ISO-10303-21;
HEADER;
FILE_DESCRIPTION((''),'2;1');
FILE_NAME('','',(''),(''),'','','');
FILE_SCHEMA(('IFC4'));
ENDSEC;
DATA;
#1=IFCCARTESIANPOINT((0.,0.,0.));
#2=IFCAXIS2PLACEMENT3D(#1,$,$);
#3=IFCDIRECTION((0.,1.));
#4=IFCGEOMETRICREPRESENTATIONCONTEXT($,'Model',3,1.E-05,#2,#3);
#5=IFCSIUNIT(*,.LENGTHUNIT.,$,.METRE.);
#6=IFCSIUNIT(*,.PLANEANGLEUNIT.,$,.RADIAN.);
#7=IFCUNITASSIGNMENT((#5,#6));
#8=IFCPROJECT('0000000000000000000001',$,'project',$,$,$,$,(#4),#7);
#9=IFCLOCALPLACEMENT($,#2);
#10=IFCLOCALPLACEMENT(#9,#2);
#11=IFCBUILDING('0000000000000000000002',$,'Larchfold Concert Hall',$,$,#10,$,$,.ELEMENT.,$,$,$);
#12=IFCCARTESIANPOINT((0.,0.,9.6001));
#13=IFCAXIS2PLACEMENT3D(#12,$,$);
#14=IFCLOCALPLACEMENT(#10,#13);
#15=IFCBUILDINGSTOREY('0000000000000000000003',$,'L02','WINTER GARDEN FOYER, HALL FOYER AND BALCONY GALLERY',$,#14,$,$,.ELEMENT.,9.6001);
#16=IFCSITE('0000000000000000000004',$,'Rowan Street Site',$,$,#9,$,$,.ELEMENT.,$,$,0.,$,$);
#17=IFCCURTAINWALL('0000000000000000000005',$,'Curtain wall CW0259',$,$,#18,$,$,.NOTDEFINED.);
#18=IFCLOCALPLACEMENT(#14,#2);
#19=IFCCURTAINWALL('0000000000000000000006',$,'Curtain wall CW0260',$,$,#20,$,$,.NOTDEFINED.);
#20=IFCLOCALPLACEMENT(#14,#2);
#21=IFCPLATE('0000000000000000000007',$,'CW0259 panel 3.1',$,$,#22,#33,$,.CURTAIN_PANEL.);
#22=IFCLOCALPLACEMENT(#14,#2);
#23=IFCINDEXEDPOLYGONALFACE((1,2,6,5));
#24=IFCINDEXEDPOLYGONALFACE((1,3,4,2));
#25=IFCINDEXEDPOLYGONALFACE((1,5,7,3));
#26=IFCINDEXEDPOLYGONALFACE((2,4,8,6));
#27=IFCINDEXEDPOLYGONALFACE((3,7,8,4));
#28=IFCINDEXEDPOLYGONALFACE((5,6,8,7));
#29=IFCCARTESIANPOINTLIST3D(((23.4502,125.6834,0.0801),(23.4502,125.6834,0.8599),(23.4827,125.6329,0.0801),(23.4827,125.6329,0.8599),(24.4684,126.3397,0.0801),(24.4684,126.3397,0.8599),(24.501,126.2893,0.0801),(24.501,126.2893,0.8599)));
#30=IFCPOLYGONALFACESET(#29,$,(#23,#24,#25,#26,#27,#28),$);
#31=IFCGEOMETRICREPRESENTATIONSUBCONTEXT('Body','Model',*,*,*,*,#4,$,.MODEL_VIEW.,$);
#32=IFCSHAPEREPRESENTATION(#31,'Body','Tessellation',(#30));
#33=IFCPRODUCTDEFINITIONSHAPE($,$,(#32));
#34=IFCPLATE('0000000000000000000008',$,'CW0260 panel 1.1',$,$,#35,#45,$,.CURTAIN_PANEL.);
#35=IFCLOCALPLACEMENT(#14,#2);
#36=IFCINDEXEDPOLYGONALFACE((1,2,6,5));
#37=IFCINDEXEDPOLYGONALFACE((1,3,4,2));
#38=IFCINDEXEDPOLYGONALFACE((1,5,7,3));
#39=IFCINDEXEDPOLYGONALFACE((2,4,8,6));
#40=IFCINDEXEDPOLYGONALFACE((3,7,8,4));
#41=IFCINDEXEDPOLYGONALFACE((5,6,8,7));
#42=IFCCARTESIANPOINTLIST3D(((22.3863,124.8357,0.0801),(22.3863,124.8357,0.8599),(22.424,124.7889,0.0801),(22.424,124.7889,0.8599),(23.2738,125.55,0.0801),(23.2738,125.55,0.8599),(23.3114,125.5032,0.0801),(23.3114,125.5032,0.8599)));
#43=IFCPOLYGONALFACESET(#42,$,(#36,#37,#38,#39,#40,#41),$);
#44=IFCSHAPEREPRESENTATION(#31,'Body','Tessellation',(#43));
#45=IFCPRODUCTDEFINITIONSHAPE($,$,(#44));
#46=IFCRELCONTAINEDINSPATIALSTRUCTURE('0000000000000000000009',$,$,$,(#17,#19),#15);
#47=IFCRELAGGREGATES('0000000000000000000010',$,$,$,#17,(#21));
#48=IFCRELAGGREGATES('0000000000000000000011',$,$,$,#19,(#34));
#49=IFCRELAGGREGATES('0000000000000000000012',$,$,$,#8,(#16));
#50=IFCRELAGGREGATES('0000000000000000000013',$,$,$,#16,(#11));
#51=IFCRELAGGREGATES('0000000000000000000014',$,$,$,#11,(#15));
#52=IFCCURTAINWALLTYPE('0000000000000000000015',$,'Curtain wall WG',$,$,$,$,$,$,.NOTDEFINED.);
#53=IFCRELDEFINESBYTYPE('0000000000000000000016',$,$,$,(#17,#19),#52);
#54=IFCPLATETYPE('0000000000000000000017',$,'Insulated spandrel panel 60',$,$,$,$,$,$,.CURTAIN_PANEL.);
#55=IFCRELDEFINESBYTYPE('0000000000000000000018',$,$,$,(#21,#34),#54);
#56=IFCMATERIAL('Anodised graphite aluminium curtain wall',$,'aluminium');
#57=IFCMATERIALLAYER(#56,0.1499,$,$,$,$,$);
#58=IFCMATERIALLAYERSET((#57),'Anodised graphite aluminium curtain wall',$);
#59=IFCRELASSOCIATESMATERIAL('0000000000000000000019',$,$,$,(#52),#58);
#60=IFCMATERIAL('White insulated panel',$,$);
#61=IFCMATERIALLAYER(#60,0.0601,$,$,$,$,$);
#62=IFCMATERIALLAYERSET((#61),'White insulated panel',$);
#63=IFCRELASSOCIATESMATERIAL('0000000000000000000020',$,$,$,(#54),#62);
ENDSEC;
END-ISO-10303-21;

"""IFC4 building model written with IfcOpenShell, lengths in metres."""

from ifc_helpers import new_model, si_unit, direction, frame, origin, origin_2d, place, context, subcontext, project, spatial, rectangle, extrude, material, layer, layer_set, type_object, element, aggregate, save


model = new_model("IFC4")

# Units and contexts
model_context = context("Model", 3, precision=1e-05, world=origin(), true_north=direction((0.0, 1.0)))
body_context = subcontext(model_context, "Body", "Model", "MODEL_VIEW")
ifc_project = project(units=[si_unit("LENGTHUNIT", "METRE"), si_unit("PLANEANGLEUNIT", "RADIAN")], contexts=[model_context])

# Site, building, storey
site_placement = place(None, origin())
site = spatial("IfcSite", under=ifc_project, at=site_placement, Name="Rowan Street Site", CompositionType="ELEMENT", RefElevation=0.0)
building_placement = place(site_placement, origin())
building = spatial("IfcBuilding", under=site, at=building_placement, Name="Larchfold Concert Hall", CompositionType="ELEMENT")
storey_placement = place(building_placement, frame((0.0, 0.0, 9.6001)))
storey = spatial("IfcBuildingStorey", under=building, at=storey_placement, Name="L02", Description="WINTER GARDEN FOYER, HALL FOYER AND BALCONY GALLERY", CompositionType="ELEMENT", Elevation=9.6001)

# Curtain walls
ifc_material_1 = material(Name="Anodised graphite aluminium curtain wall", Category="aluminium")
ifc_layer_1 = layer(ifc_material_1, 0.1499)
ifc_layer_set_1 = layer_set([ifc_layer_1], Name="Anodised graphite aluminium curtain wall")
curtain_wall_type = type_object("IfcCurtainWallType", Name="Curtain wall WG", PredefinedType="NOTDEFINED", material=ifc_layer_set_1)
curtain_wall_1_placement = place(storey_placement, origin())
curtain_wall_1 = element("IfcCurtainWall", 1, at=curtain_wall_1_placement, inside=storey, type_object=curtain_wall_type, Name="Curtain wall CW0259", PredefinedType="NOTDEFINED")
curtain_wall_2_placement = place(storey_placement, origin())
curtain_wall_2 = element("IfcCurtainWall", 2, at=curtain_wall_2_placement, inside=storey, type_object=curtain_wall_type, Name="Curtain wall CW0260", PredefinedType="NOTDEFINED")

# Plates
ifc_material_2 = material(Name="White insulated panel")
ifc_layer_2 = layer(ifc_material_2, 0.0601)
ifc_layer_set_2 = layer_set([ifc_layer_2], Name="White insulated panel")
plate_type_1 = type_object("IfcPlateType", Name="Insulated spandrel panel 60", PredefinedType="CURTAIN_PANEL", material=ifc_layer_set_2)
plate_1_placement = place(storey_placement, frame((23.9756, 125.9863, 0.0801), z_axis=(0.0, 0.0, 1.0), x_axis=(-0.840513, -0.541791, 0.0)))
plate_1 = element("IfcPlate", 3, at=plate_1_placement, type_object=plate_type_1, Name="CW0259 panel 3.1", PredefinedType="CURTAIN_PANEL", context=body_context, shape_type="SweptSolid", body=[
    extrude(rectangle(XDim=1.2114, YDim=0.0601, at=origin_2d()), origin(), (0.0, 0.0, 1.0), 0.7798),
])
aggregate(curtain_wall_1, [plate_1])
plate_2_placement = place(storey_placement, frame((22.8489, 125.1694, 0.0801), z_axis=(0.0, 0.0, 1.0), x_axis=(-0.779018, -0.627002, 0.0)))
plate_2 = element("IfcPlate", 4, at=plate_2_placement, type_object=plate_type_1, Name="CW0260 panel 1.1", PredefinedType="CURTAIN_PANEL", context=body_context, shape_type="SweptSolid", body=[
    extrude(rectangle(XDim=1.1392, YDim=0.0601, at=origin_2d()), origin(), (0.0, 0.0, 1.0), 0.7798),
])
aggregate(curtain_wall_2, [plate_2])

save(model, "model.ifc")
